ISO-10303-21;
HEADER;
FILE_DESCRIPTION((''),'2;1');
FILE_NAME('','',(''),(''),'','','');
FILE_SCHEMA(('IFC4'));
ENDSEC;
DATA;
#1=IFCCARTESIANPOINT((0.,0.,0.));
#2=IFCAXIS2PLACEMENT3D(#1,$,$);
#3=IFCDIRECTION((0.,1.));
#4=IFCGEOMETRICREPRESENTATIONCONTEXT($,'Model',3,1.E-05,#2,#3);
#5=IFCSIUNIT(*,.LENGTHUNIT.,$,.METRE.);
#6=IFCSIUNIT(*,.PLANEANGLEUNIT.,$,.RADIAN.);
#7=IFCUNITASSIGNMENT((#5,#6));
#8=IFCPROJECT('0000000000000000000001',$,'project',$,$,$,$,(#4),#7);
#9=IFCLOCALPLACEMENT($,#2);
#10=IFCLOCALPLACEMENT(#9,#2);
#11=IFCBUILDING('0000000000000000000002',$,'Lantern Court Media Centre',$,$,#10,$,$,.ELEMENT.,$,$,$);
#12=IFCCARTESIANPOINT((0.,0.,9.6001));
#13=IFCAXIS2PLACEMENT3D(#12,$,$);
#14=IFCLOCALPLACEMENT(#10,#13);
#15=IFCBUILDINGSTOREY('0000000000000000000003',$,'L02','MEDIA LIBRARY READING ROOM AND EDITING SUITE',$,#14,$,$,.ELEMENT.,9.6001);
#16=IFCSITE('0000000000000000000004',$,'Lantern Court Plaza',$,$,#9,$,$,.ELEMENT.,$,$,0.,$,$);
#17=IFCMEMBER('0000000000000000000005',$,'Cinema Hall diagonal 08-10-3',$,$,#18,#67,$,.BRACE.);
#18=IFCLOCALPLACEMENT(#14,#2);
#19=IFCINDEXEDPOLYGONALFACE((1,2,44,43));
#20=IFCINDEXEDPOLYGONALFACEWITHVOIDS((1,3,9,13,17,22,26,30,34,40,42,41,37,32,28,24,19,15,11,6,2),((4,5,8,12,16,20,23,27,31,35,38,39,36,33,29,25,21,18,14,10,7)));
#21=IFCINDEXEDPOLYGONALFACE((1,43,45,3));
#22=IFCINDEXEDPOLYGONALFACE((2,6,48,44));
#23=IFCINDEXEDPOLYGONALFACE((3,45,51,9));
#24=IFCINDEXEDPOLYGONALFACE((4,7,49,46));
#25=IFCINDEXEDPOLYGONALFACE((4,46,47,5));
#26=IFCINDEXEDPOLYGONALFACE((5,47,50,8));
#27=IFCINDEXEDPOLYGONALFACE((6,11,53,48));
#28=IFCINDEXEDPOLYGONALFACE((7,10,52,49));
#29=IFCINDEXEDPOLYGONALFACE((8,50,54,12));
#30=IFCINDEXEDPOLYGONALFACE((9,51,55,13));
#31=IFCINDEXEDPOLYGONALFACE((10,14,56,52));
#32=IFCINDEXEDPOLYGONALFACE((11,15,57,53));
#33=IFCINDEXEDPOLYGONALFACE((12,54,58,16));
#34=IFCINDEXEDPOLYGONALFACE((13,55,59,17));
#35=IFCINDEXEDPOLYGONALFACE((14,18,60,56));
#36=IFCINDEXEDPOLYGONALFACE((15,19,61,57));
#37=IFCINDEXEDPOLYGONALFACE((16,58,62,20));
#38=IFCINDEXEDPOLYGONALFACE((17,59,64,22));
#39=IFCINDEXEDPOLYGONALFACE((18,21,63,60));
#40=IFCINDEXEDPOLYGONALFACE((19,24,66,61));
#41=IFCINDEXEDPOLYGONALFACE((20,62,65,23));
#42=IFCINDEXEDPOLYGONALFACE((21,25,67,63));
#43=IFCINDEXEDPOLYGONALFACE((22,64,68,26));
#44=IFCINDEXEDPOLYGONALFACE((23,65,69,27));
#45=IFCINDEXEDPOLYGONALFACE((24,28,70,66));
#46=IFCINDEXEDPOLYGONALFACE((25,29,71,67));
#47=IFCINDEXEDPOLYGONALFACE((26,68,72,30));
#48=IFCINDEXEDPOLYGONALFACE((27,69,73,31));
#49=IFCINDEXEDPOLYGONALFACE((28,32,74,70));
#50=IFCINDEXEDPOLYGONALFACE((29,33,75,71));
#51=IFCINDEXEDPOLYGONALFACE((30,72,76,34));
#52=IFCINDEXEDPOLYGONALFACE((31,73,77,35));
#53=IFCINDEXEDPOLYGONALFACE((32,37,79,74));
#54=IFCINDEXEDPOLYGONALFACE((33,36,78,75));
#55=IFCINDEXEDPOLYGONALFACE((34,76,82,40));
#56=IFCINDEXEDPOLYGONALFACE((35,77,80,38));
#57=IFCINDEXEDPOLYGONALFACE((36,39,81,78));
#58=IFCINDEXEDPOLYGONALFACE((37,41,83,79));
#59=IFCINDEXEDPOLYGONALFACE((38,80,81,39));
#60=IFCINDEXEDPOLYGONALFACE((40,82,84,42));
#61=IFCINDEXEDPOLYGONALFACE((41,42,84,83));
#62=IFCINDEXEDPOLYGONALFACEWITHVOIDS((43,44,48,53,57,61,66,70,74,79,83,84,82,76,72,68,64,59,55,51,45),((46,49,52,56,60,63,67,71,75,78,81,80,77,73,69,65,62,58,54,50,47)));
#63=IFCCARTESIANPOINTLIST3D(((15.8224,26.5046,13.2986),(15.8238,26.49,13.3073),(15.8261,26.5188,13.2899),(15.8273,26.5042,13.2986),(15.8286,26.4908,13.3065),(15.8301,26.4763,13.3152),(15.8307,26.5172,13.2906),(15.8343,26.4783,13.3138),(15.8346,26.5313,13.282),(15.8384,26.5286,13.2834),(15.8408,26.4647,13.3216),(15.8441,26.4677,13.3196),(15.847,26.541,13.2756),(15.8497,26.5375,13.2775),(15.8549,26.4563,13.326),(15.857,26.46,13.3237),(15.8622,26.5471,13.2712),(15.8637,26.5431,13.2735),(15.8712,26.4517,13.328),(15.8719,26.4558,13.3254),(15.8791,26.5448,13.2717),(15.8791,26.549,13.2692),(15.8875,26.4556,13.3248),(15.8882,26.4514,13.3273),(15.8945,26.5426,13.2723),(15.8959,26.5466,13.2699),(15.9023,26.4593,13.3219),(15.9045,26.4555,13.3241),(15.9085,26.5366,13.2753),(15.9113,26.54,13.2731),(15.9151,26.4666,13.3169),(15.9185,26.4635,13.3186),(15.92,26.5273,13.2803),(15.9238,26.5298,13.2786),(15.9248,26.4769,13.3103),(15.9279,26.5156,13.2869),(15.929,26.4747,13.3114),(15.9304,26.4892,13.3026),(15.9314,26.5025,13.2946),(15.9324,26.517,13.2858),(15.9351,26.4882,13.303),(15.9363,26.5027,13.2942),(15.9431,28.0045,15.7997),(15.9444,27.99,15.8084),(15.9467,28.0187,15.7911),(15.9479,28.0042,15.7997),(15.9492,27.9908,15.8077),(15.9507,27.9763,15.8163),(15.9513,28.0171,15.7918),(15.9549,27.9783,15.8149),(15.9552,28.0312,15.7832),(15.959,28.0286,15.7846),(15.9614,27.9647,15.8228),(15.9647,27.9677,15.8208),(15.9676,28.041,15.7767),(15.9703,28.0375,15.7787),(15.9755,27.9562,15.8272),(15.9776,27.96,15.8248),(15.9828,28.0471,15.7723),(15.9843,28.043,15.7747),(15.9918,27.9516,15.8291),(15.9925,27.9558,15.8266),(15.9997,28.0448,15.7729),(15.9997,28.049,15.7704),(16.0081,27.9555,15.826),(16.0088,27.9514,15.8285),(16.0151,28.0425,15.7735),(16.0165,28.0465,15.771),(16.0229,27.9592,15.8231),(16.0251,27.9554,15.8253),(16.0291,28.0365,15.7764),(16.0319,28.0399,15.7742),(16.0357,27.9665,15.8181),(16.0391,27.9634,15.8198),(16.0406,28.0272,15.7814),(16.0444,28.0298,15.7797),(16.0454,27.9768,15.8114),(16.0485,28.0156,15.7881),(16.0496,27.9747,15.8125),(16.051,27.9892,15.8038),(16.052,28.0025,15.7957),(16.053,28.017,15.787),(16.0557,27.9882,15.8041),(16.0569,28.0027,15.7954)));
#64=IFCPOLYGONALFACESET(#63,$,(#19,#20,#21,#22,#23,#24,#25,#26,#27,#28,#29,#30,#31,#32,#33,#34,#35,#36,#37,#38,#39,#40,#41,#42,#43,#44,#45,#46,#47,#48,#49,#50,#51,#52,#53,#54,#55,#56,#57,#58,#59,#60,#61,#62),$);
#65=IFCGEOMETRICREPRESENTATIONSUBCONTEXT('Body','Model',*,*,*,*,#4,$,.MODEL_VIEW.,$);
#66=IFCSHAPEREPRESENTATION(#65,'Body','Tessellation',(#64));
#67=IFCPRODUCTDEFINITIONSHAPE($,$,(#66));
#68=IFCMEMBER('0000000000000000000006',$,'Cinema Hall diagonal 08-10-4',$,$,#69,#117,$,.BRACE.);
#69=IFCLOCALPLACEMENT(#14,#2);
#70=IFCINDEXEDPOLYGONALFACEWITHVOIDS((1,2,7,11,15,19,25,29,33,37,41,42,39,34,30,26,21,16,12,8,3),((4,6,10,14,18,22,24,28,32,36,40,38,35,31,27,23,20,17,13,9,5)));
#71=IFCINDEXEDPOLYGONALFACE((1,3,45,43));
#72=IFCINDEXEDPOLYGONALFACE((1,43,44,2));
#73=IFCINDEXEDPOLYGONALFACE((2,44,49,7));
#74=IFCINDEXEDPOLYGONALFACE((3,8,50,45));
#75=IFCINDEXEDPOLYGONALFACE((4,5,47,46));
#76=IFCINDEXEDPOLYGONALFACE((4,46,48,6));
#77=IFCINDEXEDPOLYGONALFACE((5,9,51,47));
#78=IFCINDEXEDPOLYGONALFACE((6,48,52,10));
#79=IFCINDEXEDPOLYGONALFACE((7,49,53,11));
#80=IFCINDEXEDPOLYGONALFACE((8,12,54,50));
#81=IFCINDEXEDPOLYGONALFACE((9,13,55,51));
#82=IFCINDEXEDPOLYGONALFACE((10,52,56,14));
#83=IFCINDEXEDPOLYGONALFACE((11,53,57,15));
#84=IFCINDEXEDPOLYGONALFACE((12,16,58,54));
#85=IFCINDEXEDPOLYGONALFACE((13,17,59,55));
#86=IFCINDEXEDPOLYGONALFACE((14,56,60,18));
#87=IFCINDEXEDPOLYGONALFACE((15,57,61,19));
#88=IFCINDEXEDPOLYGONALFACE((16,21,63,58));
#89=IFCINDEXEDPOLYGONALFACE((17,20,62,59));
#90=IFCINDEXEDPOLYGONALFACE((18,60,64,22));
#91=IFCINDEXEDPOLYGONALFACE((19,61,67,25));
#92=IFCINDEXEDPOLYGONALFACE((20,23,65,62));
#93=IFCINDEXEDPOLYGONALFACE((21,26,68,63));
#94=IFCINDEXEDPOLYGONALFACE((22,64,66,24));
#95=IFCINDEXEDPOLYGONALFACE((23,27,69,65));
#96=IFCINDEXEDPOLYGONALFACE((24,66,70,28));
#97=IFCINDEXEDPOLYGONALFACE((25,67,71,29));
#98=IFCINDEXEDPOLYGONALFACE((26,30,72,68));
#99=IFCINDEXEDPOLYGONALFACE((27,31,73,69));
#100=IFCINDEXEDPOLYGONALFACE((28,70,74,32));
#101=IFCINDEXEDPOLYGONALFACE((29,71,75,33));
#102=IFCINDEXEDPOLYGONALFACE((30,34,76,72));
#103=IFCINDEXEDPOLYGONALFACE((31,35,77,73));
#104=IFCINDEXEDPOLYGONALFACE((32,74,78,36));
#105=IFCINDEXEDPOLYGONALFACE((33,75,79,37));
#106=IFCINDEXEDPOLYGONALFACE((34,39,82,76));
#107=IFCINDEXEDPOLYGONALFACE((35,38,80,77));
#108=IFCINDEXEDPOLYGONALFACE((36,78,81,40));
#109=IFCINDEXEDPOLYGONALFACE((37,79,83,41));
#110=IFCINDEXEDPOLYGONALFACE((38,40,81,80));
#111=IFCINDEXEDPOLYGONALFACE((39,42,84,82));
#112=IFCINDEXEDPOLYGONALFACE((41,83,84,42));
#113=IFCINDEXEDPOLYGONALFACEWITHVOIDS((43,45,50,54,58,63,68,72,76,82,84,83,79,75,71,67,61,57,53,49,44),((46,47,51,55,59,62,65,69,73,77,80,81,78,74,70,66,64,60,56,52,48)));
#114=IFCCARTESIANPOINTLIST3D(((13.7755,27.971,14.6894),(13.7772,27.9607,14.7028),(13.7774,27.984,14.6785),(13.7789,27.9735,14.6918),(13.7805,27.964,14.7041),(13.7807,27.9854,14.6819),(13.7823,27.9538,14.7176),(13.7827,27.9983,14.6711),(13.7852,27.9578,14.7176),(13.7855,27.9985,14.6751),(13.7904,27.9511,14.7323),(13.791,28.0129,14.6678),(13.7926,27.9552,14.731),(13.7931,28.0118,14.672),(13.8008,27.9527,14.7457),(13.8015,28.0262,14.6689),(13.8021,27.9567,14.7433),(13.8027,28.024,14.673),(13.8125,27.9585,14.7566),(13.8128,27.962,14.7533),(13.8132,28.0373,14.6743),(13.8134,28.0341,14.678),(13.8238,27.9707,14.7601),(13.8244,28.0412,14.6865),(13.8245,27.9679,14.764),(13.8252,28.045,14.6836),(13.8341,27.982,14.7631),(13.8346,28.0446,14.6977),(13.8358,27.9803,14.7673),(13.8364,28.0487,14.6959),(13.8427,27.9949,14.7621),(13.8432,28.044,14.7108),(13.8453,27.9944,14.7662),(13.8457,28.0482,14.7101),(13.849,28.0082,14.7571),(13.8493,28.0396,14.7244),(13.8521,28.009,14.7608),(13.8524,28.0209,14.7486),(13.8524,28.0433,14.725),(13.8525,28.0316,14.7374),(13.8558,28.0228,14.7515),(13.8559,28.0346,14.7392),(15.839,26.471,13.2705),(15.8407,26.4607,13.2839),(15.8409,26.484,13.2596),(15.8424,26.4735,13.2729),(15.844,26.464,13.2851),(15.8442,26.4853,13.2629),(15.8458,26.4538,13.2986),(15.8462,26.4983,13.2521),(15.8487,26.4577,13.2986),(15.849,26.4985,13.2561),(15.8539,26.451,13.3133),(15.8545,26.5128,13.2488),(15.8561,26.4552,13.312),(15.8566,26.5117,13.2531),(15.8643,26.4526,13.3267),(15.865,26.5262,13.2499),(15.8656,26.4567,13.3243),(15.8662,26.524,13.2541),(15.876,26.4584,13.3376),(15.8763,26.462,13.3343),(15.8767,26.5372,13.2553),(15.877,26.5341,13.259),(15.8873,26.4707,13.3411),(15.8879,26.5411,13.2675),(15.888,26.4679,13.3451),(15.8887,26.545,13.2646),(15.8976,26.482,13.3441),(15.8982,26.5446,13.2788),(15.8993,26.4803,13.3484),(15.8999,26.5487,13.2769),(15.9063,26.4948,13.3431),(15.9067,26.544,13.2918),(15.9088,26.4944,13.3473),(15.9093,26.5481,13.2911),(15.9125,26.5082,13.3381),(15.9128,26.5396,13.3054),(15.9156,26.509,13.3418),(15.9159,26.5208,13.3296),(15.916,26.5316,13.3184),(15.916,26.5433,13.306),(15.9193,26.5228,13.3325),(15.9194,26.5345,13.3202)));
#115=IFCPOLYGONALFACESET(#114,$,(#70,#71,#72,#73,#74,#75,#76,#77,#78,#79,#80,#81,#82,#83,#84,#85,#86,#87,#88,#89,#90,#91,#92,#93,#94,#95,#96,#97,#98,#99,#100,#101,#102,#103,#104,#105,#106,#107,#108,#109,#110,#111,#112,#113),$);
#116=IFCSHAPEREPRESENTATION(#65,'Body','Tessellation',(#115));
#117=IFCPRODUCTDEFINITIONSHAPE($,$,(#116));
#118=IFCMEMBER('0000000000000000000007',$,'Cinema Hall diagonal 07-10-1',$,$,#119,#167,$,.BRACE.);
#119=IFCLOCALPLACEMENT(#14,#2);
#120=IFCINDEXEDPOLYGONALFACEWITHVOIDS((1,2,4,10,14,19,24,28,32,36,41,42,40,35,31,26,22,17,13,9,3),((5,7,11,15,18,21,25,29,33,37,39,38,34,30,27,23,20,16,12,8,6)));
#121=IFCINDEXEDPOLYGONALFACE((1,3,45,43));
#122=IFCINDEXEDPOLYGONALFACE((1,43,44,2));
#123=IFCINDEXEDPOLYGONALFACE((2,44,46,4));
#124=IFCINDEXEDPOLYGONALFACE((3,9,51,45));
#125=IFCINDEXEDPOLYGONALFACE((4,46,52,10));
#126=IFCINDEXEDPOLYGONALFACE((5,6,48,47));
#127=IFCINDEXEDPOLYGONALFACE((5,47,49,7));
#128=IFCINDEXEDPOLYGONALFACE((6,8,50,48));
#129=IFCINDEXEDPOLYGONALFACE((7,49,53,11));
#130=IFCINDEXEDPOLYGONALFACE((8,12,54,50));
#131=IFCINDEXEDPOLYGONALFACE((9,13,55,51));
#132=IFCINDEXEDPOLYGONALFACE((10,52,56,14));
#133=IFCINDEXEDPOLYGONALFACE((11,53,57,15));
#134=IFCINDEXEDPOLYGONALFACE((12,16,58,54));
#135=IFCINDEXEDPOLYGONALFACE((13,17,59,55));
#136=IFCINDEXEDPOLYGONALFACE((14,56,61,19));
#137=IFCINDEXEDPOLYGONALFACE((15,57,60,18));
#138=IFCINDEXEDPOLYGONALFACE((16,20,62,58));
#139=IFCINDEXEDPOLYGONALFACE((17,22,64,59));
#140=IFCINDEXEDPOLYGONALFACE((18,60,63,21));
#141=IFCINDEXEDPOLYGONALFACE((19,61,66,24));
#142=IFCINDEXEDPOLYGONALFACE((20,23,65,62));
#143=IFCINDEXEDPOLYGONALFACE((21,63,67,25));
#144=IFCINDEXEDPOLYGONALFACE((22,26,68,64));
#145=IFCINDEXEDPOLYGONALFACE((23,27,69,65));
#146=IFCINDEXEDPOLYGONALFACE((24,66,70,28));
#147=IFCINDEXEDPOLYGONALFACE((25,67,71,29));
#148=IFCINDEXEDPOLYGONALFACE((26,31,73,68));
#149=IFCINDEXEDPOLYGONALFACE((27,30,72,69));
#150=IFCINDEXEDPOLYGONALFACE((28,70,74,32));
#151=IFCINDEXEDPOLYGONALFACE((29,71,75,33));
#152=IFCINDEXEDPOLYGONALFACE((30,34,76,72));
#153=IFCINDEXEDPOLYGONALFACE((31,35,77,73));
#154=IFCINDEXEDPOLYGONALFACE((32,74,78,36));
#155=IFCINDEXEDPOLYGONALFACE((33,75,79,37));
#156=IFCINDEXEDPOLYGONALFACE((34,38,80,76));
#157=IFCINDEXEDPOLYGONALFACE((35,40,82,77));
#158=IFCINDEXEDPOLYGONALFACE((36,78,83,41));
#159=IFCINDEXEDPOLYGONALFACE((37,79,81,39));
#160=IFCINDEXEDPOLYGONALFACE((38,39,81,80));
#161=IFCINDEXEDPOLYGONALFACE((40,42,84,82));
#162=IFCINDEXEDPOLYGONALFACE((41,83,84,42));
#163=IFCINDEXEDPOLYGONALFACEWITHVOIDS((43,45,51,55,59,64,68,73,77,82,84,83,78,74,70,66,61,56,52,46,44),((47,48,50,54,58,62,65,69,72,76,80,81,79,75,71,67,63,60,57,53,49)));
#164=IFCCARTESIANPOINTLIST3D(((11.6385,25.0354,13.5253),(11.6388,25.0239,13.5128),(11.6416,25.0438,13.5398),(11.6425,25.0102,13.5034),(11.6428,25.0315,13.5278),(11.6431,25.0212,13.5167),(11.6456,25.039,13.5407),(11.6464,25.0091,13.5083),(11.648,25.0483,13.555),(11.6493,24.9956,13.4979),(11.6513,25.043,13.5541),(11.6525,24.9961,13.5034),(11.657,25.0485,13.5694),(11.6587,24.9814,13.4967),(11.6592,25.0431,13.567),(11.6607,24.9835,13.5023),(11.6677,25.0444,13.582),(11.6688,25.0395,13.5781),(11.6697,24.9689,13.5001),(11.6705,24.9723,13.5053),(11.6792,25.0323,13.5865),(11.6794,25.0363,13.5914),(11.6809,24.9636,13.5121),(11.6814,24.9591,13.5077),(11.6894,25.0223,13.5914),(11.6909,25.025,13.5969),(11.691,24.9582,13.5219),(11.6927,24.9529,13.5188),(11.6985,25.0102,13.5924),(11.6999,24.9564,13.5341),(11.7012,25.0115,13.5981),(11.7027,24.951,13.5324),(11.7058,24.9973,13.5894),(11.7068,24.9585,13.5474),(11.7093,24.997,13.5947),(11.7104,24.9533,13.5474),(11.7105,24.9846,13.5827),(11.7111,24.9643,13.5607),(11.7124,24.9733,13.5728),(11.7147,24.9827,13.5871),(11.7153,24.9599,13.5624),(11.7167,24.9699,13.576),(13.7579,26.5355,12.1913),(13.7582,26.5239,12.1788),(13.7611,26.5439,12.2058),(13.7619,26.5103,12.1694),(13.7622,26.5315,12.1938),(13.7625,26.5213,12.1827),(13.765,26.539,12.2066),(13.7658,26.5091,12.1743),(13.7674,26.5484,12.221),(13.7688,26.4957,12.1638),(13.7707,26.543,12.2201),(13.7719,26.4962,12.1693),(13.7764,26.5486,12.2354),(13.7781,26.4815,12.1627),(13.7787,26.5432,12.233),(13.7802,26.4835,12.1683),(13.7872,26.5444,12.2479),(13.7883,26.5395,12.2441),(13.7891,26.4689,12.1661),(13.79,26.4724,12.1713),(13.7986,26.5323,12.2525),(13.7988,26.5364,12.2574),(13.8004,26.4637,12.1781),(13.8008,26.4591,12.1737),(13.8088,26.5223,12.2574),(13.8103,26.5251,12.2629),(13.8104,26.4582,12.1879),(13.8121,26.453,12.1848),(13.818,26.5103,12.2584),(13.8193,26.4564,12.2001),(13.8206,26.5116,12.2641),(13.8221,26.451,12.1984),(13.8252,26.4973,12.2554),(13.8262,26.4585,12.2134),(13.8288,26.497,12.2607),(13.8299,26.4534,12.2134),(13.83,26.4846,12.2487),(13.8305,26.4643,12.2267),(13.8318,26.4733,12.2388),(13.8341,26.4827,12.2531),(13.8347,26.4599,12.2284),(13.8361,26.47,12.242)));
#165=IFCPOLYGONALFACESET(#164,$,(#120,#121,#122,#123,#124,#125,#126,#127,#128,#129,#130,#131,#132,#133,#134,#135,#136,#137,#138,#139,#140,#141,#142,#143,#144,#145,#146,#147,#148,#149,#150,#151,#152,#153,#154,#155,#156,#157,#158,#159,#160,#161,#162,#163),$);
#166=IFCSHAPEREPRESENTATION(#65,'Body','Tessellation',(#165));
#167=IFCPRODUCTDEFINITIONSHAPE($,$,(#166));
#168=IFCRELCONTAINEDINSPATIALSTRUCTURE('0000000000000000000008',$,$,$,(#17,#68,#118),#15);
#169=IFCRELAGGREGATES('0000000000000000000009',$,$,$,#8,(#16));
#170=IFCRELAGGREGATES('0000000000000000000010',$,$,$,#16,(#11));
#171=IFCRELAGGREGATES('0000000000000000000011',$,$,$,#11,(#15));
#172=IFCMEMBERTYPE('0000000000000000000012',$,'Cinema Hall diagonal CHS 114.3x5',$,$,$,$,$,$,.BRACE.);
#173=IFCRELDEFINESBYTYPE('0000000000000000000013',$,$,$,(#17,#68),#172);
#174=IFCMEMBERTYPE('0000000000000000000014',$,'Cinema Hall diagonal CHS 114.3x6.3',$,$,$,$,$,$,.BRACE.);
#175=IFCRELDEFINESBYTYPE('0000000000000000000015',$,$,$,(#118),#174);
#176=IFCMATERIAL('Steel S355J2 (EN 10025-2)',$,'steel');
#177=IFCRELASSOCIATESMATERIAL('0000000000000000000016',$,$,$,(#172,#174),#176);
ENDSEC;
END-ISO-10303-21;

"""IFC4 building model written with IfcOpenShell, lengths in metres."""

from ifc_helpers import new_model, si_unit, direction, frame, origin, origin_2d, place, context, subcontext, project, spatial, hollow_circle, extrude, material, material_profile, profile_set, type_object, element, save


model = new_model("IFC4")

# Units and contexts
model_context = context("Model", 3, precision=1e-05, world=origin(), true_north=direction((0.0, 1.0)))
body_context = subcontext(model_context, "Body", "Model", "MODEL_VIEW")
ifc_project = project(units=[si_unit("LENGTHUNIT", "METRE"), si_unit("PLANEANGLEUNIT", "RADIAN")], contexts=[model_context])

# Site, building, storey
site_placement = place(None, origin())
site = spatial("IfcSite", under=ifc_project, at=site_placement, Name="Lantern Court Plaza", CompositionType="ELEMENT", RefElevation=0.0)
building_placement = place(site_placement, origin())
building = spatial("IfcBuilding", under=site, at=building_placement, Name="Lantern Court Media Centre", CompositionType="ELEMENT")
storey_placement = place(building_placement, frame((0.0, 0.0, 9.6001)))
storey = spatial("IfcBuildingStorey", under=building, at=storey_placement, Name="L02", Description="MEDIA LIBRARY READING ROOM AND EDITING SUITE", CompositionType="ELEMENT", Elevation=9.6001)

# Members
ifc_material = material(Name="Steel S355J2 (EN 10025-2)", Category="steel")
ifc_material_profile_1 = material_profile(ifc_material, hollow_circle(Radius=0.0571, WallThickness=0.0049, at=origin_2d()), Name="Cinema Hall diagonal CHS 114.3x5")
ifc_profile_set_1 = profile_set([ifc_material_profile_1], Name="Steel S355J2 (EN 10025-2)")
member_type_1 = type_object("IfcMemberType", Name="Cinema Hall diagonal CHS 114.3x5", PredefinedType="BRACE", material=ifc_profile_set_1)
for number, where, z_axis, x_axis, name in (
    (1, (15.8794, 26.5, 13.2986), (0.041317, 0.513872, 0.856871), (-0.996783, 0.080145, 0.0), "Cinema Hall diagonal 08-10-3"),
):
    element("IfcMember", number, at=place(storey_placement, frame(where, z_axis=z_axis, x_axis=x_axis)), inside=storey, type_object=member_type_1, Name=name, PredefinedType="BRACE", context=body_context, shape_type="SweptSolid", body=[
        extrude(hollow_circle(Radius=0.0571, WallThickness=0.0049, at=origin_2d()), origin(), (0.0, 0.0, 1.0), 2.9189),
    ])
member_1_placement = place(storey_placement, frame((15.8794, 26.5, 13.2986), z_axis=(-0.70688, 0.513851, 0.486084), x_axis=(-0.58799, -0.808868, 0.0)))
element("IfcMember", 2, at=member_1_placement, inside=storey, type_object=member_type_1, Name="Cinema Hall diagonal 08-10-4", PredefinedType="BRACE", context=body_context, shape_type="SweptSolid", body=[
    extrude(hollow_circle(Radius=0.0571, WallThickness=0.0049, at=origin_2d()), origin(), (0.0, 0.0, 1.0), 2.9192),
])
ifc_material_profile_2 = material_profile(ifc_material, hollow_circle(Radius=0.0571, WallThickness=0.0063, at=origin_2d()), Name="Cinema Hall diagonal CHS 114.3x6.3")
ifc_profile_set_2 = profile_set([ifc_material_profile_2], Name="Steel S355J2 (EN 10025-2)")
member_type_2 = type_object("IfcMemberType", Name="Cinema Hall diagonal CHS 114.3x6.3", PredefinedType="BRACE", material=ifc_profile_set_2)
for number, where, z_axis, x_axis, name in (
    (3, (13.7969, 26.5, 12.2134), (-0.726034, -0.513852, 0.45698), (0.577702, -0.816248, 0.0), "Cinema Hall diagonal 07-10-1"),
):
    element("IfcMember", number, at=place(storey_placement, frame(where, z_axis=z_axis, x_axis=x_axis)), inside=storey, type_object=member_type_2, Name=name, PredefinedType="BRACE", context=body_context, shape_type="SweptSolid", body=[
        extrude(hollow_circle(Radius=0.0571, WallThickness=0.0063, at=origin_2d()), origin(), (0.0, 0.0, 1.0), 2.9192),
    ])

save(model, "model.ifc")
